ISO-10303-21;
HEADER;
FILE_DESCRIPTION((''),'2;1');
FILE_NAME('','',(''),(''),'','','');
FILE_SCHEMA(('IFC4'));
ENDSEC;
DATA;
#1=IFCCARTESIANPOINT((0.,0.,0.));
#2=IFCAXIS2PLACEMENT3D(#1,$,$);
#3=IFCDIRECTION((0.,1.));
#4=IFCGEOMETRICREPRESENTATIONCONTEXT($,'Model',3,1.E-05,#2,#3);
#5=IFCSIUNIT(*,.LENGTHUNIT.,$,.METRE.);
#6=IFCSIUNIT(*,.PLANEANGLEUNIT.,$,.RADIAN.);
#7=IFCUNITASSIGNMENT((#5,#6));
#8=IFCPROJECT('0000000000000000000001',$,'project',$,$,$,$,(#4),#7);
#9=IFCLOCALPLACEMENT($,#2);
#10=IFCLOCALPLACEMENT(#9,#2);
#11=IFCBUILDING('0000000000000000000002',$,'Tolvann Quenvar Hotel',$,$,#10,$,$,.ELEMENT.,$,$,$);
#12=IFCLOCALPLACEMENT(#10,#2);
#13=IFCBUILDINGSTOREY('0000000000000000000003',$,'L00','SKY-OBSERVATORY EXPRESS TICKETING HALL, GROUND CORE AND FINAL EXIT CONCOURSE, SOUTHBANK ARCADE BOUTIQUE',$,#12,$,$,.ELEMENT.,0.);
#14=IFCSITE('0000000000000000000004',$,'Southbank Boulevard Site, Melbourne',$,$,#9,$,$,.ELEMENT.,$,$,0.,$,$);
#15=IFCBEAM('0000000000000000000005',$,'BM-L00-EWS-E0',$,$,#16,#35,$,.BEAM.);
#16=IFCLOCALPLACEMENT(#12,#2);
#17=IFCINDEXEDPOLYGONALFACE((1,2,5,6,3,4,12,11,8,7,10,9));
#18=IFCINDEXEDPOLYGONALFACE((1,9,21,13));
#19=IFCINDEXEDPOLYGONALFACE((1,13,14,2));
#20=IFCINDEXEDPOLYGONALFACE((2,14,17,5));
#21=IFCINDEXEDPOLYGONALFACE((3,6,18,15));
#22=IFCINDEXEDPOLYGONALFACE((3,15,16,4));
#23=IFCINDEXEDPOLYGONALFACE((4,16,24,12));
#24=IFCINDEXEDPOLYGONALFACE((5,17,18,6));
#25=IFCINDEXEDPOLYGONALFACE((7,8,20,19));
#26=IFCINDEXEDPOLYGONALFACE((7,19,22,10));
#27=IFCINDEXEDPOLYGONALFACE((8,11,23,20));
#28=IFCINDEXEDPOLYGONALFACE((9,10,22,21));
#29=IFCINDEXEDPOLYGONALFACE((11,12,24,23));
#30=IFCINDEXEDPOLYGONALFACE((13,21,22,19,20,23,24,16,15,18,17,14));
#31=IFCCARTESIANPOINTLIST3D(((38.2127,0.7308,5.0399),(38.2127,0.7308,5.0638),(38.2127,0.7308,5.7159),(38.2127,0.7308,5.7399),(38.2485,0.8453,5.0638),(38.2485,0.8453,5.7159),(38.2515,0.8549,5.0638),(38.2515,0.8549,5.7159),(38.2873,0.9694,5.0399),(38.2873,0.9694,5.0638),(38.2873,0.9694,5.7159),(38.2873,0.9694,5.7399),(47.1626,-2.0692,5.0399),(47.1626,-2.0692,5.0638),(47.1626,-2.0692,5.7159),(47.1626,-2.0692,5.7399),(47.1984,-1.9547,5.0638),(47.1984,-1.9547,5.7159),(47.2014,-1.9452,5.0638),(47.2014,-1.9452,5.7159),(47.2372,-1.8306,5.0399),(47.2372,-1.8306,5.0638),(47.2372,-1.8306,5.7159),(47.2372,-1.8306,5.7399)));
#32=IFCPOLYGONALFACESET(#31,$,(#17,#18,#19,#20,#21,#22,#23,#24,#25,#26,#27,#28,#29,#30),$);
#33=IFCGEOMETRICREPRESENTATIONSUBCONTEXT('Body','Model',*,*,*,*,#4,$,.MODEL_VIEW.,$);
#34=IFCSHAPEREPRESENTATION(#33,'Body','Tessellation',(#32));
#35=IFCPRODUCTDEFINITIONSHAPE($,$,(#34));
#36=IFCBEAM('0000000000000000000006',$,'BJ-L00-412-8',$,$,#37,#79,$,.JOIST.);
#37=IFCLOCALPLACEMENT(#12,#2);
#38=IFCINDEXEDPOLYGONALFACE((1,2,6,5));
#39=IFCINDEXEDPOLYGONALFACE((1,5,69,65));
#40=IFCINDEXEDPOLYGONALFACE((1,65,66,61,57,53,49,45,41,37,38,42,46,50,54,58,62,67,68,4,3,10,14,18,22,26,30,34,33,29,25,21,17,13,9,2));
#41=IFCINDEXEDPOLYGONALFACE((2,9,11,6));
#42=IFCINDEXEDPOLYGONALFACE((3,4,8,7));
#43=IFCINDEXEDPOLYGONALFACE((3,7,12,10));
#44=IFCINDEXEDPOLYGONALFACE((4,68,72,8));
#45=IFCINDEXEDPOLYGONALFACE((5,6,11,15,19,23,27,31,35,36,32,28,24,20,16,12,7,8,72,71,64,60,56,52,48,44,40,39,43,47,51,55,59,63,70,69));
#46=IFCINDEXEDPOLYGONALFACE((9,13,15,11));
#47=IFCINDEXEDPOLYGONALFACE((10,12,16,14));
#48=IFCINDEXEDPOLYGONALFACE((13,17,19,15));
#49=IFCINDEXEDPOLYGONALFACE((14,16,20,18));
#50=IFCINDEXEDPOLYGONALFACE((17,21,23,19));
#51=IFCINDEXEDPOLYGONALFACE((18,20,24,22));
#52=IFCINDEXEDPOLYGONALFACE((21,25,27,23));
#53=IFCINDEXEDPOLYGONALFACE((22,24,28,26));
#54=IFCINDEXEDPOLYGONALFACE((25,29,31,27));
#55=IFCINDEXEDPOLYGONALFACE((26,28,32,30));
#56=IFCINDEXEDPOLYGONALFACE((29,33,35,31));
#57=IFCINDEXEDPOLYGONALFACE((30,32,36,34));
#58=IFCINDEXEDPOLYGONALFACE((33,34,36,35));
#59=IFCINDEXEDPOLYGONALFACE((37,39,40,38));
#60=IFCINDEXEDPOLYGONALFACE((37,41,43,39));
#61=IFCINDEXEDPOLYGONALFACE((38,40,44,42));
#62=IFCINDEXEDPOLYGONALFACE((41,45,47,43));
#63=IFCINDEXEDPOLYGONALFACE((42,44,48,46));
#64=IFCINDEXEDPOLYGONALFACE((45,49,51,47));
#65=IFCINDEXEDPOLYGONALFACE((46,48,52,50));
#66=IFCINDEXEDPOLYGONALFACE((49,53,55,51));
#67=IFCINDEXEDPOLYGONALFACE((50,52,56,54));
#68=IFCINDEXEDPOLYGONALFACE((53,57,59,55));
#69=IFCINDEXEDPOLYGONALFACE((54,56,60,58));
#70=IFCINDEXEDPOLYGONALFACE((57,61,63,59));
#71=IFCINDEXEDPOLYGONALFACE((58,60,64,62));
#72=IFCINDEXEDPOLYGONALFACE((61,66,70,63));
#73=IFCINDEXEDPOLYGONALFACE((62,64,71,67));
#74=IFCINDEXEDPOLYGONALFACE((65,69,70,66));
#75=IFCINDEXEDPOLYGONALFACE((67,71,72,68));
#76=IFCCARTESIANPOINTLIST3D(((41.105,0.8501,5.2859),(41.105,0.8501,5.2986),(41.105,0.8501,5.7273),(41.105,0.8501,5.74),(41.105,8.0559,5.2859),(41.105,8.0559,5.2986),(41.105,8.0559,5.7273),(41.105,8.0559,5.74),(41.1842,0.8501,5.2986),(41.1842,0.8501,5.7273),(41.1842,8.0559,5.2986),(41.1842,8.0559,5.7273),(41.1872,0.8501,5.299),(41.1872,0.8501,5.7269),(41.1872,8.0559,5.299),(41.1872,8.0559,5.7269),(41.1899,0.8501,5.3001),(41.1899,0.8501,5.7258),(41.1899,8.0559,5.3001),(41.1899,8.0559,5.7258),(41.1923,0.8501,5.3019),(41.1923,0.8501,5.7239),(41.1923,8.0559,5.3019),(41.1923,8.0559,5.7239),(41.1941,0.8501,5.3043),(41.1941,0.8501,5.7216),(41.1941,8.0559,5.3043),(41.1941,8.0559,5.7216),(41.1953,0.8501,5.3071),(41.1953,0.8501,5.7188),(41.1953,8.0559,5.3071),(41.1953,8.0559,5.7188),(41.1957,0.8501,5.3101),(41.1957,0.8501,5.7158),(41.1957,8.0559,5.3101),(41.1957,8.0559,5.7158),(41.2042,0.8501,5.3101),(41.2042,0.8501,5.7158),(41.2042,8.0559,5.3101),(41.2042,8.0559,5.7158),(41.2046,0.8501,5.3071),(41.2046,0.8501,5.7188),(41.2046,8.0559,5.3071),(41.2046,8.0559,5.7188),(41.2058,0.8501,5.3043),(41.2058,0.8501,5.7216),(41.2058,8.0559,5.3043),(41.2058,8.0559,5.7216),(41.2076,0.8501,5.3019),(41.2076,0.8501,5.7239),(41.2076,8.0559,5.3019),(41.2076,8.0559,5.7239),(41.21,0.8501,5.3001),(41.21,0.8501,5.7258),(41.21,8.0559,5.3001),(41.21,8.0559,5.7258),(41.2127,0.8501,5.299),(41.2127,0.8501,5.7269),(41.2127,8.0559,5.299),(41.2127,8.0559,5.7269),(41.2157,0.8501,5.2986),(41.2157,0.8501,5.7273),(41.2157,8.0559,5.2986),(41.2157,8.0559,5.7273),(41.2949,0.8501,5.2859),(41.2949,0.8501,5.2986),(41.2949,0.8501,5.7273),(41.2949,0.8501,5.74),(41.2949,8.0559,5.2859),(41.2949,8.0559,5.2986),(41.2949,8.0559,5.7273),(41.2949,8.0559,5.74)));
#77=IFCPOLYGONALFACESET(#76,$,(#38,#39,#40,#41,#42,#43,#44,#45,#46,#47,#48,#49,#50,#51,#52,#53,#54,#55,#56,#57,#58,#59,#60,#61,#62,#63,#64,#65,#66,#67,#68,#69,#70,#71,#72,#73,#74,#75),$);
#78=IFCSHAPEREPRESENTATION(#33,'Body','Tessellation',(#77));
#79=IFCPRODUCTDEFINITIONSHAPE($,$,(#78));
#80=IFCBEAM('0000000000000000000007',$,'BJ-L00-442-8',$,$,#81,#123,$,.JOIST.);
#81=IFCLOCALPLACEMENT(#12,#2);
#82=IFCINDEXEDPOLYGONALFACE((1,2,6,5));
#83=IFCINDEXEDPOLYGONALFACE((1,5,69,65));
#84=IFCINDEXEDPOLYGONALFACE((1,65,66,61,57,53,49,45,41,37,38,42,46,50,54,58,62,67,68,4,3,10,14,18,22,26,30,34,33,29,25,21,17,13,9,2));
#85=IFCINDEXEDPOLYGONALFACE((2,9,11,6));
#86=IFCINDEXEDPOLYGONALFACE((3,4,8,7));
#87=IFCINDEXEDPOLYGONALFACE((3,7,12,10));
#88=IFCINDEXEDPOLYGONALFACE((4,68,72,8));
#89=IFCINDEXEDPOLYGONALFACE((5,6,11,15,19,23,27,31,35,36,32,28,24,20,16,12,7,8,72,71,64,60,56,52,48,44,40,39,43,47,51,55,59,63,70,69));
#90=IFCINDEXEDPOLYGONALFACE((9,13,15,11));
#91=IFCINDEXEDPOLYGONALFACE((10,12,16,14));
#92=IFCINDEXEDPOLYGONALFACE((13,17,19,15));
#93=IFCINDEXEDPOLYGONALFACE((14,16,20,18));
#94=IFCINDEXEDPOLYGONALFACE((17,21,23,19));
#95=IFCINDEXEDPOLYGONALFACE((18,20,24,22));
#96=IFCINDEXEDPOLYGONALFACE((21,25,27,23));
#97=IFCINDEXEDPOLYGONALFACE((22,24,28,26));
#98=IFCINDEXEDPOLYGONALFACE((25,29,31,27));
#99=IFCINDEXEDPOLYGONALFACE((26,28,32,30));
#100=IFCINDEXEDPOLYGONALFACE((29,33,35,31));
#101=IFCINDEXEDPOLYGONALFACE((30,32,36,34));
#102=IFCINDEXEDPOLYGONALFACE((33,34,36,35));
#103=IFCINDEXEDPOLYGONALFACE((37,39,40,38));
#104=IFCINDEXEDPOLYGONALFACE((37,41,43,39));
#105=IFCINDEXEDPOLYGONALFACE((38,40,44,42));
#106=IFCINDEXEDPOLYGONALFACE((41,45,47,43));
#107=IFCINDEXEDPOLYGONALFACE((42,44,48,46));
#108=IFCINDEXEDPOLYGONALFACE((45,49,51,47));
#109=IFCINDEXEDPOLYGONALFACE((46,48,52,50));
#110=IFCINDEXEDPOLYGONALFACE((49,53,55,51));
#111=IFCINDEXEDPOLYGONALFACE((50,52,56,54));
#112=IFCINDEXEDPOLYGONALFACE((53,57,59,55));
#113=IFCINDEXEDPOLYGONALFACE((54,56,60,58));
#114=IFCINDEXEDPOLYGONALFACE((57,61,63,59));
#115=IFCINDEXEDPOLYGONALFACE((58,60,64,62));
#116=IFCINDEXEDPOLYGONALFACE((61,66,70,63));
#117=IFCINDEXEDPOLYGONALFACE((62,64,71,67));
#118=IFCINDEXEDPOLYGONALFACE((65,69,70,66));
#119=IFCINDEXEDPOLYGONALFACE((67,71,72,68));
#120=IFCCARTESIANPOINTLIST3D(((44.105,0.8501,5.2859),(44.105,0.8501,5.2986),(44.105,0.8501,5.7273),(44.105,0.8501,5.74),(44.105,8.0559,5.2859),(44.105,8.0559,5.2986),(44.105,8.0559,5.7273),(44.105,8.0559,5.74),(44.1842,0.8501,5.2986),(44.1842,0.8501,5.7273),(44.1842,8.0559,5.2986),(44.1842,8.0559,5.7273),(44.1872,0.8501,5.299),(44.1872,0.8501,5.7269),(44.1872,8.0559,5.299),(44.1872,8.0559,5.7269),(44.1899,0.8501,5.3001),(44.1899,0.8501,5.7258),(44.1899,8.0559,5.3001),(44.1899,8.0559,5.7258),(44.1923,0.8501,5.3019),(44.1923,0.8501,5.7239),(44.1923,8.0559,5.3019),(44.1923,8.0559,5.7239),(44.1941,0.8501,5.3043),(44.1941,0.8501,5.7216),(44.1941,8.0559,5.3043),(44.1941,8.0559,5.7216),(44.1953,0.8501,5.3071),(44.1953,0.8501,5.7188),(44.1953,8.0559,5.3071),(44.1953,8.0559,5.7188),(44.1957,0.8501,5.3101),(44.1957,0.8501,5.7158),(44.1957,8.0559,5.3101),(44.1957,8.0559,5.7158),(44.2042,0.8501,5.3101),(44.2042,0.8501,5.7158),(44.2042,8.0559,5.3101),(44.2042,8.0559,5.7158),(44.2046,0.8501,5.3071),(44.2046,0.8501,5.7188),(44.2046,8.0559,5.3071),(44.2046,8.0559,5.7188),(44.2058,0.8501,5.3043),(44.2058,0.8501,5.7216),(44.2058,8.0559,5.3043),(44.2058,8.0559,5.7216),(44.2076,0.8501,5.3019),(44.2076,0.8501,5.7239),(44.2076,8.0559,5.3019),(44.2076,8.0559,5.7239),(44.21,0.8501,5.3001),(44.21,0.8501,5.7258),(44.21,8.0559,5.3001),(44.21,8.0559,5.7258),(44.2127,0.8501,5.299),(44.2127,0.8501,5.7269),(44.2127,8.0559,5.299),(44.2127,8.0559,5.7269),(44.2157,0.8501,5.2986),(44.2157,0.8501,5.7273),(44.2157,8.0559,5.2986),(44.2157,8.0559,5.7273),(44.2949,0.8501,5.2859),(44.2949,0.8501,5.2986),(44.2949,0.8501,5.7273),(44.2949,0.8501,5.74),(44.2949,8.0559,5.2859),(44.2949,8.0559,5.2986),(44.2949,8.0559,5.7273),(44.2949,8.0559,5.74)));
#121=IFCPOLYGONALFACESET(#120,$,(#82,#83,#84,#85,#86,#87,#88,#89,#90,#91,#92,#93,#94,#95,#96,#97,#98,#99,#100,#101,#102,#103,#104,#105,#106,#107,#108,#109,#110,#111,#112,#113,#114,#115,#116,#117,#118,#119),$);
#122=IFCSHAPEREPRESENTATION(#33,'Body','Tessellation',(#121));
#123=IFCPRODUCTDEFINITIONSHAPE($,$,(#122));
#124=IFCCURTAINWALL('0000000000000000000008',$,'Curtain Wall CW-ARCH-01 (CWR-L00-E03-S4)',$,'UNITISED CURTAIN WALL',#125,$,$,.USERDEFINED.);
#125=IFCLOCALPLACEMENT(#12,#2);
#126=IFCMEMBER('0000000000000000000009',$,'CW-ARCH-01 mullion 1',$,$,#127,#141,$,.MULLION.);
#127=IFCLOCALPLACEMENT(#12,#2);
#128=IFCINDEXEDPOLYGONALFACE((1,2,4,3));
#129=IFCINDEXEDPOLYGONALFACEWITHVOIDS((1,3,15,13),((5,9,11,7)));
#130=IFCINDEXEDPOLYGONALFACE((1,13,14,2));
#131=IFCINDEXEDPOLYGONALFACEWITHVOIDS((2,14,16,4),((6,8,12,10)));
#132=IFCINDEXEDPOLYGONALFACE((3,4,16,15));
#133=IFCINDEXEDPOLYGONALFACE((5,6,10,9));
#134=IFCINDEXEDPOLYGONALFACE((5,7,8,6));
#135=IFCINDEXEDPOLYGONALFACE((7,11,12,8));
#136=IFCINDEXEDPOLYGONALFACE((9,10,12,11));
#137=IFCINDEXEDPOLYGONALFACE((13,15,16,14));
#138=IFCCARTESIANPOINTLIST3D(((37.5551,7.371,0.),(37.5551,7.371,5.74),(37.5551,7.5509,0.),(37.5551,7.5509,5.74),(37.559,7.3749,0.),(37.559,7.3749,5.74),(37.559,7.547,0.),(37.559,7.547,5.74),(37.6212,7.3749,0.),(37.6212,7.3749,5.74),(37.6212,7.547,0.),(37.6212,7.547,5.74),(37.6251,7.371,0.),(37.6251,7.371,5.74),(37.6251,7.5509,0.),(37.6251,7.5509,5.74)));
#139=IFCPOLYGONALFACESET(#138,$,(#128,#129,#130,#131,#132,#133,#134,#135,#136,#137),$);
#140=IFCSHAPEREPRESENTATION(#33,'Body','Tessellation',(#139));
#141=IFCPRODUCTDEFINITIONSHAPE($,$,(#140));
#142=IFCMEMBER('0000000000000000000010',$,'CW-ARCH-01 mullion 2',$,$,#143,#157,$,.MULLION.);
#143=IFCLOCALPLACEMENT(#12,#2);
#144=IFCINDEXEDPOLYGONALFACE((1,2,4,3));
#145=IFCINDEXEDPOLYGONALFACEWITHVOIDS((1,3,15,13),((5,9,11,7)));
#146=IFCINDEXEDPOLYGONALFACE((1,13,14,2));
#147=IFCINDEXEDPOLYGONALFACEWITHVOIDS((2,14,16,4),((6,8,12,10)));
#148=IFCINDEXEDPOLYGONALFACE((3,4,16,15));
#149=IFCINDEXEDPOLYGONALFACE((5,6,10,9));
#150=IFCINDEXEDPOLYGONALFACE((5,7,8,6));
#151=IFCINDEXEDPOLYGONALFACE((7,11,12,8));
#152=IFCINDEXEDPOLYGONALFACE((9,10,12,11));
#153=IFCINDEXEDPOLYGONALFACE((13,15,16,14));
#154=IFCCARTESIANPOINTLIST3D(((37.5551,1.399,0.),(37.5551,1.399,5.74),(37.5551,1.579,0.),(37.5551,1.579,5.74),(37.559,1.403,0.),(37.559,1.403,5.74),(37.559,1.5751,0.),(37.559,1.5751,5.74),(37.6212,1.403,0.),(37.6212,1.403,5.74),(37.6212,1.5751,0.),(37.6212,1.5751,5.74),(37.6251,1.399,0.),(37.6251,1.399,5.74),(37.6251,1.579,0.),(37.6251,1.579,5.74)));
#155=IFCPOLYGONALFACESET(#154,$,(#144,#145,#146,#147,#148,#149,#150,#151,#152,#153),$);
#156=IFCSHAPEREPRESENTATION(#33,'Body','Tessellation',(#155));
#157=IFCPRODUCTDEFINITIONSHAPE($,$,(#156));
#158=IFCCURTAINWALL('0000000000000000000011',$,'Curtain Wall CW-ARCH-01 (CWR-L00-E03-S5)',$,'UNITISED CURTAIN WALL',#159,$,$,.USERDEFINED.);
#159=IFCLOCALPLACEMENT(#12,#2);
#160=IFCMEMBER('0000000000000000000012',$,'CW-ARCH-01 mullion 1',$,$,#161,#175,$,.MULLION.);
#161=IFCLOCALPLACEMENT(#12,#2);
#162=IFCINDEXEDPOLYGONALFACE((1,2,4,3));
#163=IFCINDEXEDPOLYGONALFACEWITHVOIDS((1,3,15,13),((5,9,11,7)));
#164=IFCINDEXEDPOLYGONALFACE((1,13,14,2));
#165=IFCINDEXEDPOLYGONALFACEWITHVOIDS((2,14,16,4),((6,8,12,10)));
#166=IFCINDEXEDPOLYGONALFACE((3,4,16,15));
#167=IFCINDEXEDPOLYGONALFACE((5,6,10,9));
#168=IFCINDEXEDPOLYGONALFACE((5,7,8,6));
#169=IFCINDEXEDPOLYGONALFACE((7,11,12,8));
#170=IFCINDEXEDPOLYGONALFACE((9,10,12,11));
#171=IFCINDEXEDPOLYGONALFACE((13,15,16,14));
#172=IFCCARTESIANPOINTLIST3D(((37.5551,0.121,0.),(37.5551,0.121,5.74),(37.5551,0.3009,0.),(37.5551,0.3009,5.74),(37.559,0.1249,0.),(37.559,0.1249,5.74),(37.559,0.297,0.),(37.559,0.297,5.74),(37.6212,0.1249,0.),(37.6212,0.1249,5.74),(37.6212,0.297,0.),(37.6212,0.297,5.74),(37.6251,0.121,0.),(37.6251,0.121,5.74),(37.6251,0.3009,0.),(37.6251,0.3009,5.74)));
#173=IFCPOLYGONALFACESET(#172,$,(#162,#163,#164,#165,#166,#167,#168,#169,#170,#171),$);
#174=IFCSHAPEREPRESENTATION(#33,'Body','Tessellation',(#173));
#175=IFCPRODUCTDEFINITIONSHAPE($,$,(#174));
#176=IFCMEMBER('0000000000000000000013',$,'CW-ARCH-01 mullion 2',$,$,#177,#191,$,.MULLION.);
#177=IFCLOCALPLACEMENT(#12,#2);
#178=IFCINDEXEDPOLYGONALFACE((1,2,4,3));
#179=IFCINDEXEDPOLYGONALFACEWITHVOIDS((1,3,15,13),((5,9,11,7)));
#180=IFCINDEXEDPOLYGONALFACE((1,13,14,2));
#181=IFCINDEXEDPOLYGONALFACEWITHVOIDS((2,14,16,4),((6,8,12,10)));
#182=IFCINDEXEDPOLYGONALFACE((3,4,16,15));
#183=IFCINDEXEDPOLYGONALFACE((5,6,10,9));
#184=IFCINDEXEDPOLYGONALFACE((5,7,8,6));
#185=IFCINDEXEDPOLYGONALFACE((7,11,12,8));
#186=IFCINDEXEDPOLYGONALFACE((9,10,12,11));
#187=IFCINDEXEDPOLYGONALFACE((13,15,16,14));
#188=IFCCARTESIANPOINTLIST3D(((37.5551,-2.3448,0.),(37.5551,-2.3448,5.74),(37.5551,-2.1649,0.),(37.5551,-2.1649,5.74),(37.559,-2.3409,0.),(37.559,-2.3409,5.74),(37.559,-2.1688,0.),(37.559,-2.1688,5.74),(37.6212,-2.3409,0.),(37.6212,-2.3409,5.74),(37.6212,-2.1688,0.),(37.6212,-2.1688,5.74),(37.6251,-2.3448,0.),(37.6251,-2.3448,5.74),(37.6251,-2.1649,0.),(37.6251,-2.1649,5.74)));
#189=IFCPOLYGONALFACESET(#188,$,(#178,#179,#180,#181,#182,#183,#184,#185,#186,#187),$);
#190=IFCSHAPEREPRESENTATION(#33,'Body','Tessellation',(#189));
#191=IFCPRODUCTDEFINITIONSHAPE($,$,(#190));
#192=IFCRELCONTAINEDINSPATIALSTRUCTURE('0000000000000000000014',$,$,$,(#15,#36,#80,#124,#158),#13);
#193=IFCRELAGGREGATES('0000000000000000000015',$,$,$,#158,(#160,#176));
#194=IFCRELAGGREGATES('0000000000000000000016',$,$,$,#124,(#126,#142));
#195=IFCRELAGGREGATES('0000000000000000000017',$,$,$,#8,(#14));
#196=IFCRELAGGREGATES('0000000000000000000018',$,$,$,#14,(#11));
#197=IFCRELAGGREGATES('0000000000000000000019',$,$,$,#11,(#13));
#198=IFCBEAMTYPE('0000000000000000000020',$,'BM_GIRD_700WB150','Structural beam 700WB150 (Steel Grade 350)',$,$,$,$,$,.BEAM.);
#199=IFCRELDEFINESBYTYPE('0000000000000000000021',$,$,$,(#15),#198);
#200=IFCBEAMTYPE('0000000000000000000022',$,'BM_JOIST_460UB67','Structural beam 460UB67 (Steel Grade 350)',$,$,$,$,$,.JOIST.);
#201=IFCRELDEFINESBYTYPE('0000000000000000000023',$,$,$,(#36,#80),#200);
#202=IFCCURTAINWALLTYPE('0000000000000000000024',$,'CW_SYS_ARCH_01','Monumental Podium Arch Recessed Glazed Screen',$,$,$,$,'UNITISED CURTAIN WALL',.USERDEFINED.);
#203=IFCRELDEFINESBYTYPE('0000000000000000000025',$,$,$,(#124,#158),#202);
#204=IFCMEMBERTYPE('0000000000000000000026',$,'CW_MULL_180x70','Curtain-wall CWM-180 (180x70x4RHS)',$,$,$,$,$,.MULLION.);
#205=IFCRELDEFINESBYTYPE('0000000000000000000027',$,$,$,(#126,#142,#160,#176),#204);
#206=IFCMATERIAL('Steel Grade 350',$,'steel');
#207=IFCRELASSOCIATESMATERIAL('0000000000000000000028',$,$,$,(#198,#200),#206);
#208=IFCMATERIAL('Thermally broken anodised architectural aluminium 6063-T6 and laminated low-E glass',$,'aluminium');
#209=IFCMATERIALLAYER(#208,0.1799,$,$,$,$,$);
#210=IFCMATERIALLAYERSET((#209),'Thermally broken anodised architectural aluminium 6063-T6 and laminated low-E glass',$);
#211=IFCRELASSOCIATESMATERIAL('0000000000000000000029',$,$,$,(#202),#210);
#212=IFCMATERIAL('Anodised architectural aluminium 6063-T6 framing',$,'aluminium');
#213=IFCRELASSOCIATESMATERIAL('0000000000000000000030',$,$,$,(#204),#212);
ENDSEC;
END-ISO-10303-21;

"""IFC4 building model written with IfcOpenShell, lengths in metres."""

from ifc_helpers import new_model, si_unit, direction, frame, origin, origin_2d, place, context, subcontext, project, spatial, hollow_rectangle, i_section, extrude, source, transform, mapped, material, layer, layer_set, material_profile, profile_set, type_object, type_shapes, element, aggregate, save


model = new_model("IFC4")

# Units and contexts
model_context = context("Model", 3, precision=1e-05, world=origin(), true_north=direction((0.0, 1.0)))
body_context = subcontext(model_context, "Body", "Model", "MODEL_VIEW")
ifc_project = project(units=[si_unit("LENGTHUNIT", "METRE"), si_unit("PLANEANGLEUNIT", "RADIAN")], contexts=[model_context])

# Site, building, storey
site_placement = place(None, origin())
site = spatial("IfcSite", under=ifc_project, at=site_placement, Name="Southbank Boulevard Site, Melbourne", CompositionType="ELEMENT", RefElevation=0.0)
building_placement = place(site_placement, origin())
building = spatial("IfcBuilding", under=site, at=building_placement, Name="Tolvann Quenvar Hotel", CompositionType="ELEMENT")
storey_placement = place(building_placement, origin())
storey = spatial("IfcBuildingStorey", under=building, at=storey_placement, Name="L00", Description="SKY-OBSERVATORY EXPRESS TICKETING HALL, GROUND CORE AND FINAL EXIT CONCOURSE, SOUTHBANK ARCADE BOUTIQUE", CompositionType="ELEMENT", Elevation=0.0)

# Beams
ifc_material_1 = material(Name="Steel Grade 350", Category="steel")
ifc_material_profile_1 = material_profile(ifc_material_1, i_section(OverallWidth=0.25, OverallDepth=0.7, WebThickness=0.01, FlangeThickness=0.0239, at=origin_2d()), Name="700WB150")
ifc_profile_set_1 = profile_set([ifc_material_profile_1], Name="Steel Grade 350")
beam_type_1 = type_object("IfcBeamType", Name="BM_GIRD_700WB150", Description="Structural beam 700WB150 (Steel Grade 350)", PredefinedType="BEAM", material=ifc_profile_set_1)
shared_shape_1 = source(origin(), body_context, "Body", "SweptSolid", [
    extrude(i_section(OverallWidth=0.25, OverallDepth=0.7, WebThickness=0.01, FlangeThickness=0.0239, at=origin_2d()), origin(), (0.0, 0.0, 1.0), 9.3777),
])
type_shapes(beam_type_1, [shared_shape_1])
beam_1_placement = place(storey_placement, frame((38.25, 0.8501, 5.3899), z_axis=(0.954383, -0.298585, 0.0), x_axis=(0.298585, 0.954383, 0.0)))
element("IfcBeam", 1, at=beam_1_placement, inside=storey, type_object=beam_type_1, Name="BM-L00-EWS-E0", PredefinedType="BEAM", context=body_context, shape_type="MappedRepresentation", body=[
    mapped(shared_shape_1, transform((0.0, 0.0, 0.0), x_axis=(1.0, 0.0, 0.0), y_axis=(0.0, 1.0, 0.0), z_axis=(0.0, 0.0, 1.0), scale=1.0)),
])
ifc_material_profile_2 = material_profile(ifc_material_1, i_section(OverallWidth=0.1899, OverallDepth=0.4541, WebThickness=0.0085, FlangeThickness=0.0127, FilletRadius=0.0115, at=origin_2d()), Name="460UB67")
ifc_profile_set_2 = profile_set([ifc_material_profile_2], Name="Steel Grade 350")
beam_type_2 = type_object("IfcBeamType", Name="BM_JOIST_460UB67", Description="Structural beam 460UB67 (Steel Grade 350)", PredefinedType="JOIST", material=ifc_profile_set_2)
shared_shape_2 = source(origin(), body_context, "Body", "SweptSolid", [
    extrude(i_section(OverallWidth=0.1899, OverallDepth=0.4541, WebThickness=0.0085, FlangeThickness=0.0127, FilletRadius=0.0115, at=origin_2d()), origin(), (0.0, 0.0, 1.0), 7.2058),
])
type_shapes(beam_type_2, [shared_shape_2])
for number, where, z_axis, x_axis, name in (
    (2, (41.2, 0.8501, 5.5129), (0.0, 1.0, 0.0), (-1.0, 0.0, 0.0), "BJ-L00-412-8"),
    (3, (44.2, 0.8501, 5.5129), (0.0, 1.0, 0.0), (-1.0, 0.0, 0.0), "BJ-L00-442-8"),
):
    element("IfcBeam", number, at=place(storey_placement, frame(where, z_axis=z_axis, x_axis=x_axis)), inside=storey, type_object=beam_type_2, Name=name, PredefinedType="JOIST", context=body_context, shape_type="MappedRepresentation", body=[
        mapped(shared_shape_2, transform((0.0, 0.0, 0.0), x_axis=(1.0, 0.0, 0.0), y_axis=(0.0, 1.0, 0.0), z_axis=(0.0, 0.0, 1.0), scale=1.0)),
    ])

# Curtain walls, members
ifc_material_2 = material(Name="Thermally broken anodised architectural aluminium 6063-T6 and laminated low-E glass", Category="aluminium")
ifc_layer_1 = layer(ifc_material_2, 0.1799)
ifc_layer_set_1 = layer_set([ifc_layer_1], Name="Thermally broken anodised architectural aluminium 6063-T6 and laminated low-E glass")
curtain_wall_type = type_object("IfcCurtainWallType", Name="CW_SYS_ARCH_01", Description="Monumental Podium Arch Recessed Glazed Screen", ElementType="UNITISED CURTAIN WALL", PredefinedType="USERDEFINED", material=ifc_layer_set_1)
curtain_wall_1_placement = place(storey_placement, origin())
curtain_wall_1 = element("IfcCurtainWall", 4, at=curtain_wall_1_placement, inside=storey, type_object=curtain_wall_type, Name="Curtain Wall CW-ARCH-01 (CWR-L00-E03-S4)", ObjectType="UNITISED CURTAIN WALL", PredefinedType="USERDEFINED")
ifc_material_3 = material(Name="Anodised architectural aluminium 6063-T6 framing", Category="aluminium")
ifc_material_profile_3 = material_profile(ifc_material_3, hollow_rectangle(XDim=0.0701, YDim=0.1799, WallThickness=0.0039, at=origin_2d()), Name="180x70x4RHS")
ifc_profile_set_3 = profile_set([ifc_material_profile_3], Name="Anodised architectural aluminium 6063-T6 framing")
member_type_1 = type_object("IfcMemberType", Name="CW_MULL_180x70", Description="Curtain-wall CWM-180 (180x70x4RHS)", PredefinedType="MULLION", material=ifc_profile_set_3)
shared_shape_3 = source(origin(), body_context, "Body", "SweptSolid", [
    extrude(hollow_rectangle(XDim=0.0701, YDim=0.1799, WallThickness=0.0039, at=origin_2d()), origin(), (0.0, 0.0, 1.0), 5.74),
])
type_shapes(member_type_1, [shared_shape_3])
member_1_placement = place(storey_placement, frame((37.5901, 7.4609, 0.0), z_axis=(0.0, 0.0, 1.0), x_axis=(1.0, 0.0, 0.0)))
member_1 = element("IfcMember", 5, at=member_1_placement, type_object=member_type_1, Name="CW-ARCH-01 mullion 1", PredefinedType="MULLION", context=body_context, shape_type="MappedRepresentation", body=[
    mapped(shared_shape_3, transform((0.0, 0.0, 0.0), x_axis=(1.0, 0.0, 0.0), y_axis=(0.0, 1.0, 0.0), z_axis=(0.0, 0.0, 1.0), scale=1.0)),
])
member_2_placement = place(storey_placement, frame((37.5901, 1.489, 0.0), z_axis=(0.0, 0.0, 1.0), x_axis=(1.0, 0.0, 0.0)))
member_2 = element("IfcMember", 6, at=member_2_placement, type_object=member_type_1, Name="CW-ARCH-01 mullion 2", PredefinedType="MULLION", context=body_context, shape_type="MappedRepresentation", body=[
    mapped(shared_shape_3, transform((0.0, 0.0, 0.0), x_axis=(1.0, 0.0, 0.0), y_axis=(0.0, 1.0, 0.0), z_axis=(0.0, 0.0, 1.0), scale=1.0)),
])
curtain_wall_2_placement = place(storey_placement, origin())
curtain_wall_2 = element("IfcCurtainWall", 7, at=curtain_wall_2_placement, inside=storey, type_object=curtain_wall_type, Name="Curtain Wall CW-ARCH-01 (CWR-L00-E03-S5)", ObjectType="UNITISED CURTAIN WALL", PredefinedType="USERDEFINED")
member_3_placement = place(storey_placement, frame((37.5901, 0.2109, 0.0), z_axis=(0.0, 0.0, 1.0), x_axis=(1.0, 0.0, 0.0)))
member_3 = element("IfcMember", 8, at=member_3_placement, type_object=member_type_1, Name="CW-ARCH-01 mullion 1", PredefinedType="MULLION", context=body_context, shape_type="MappedRepresentation", body=[
    mapped(shared_shape_3, transform((0.0, 0.0, 0.0), x_axis=(1.0, 0.0, 0.0), y_axis=(0.0, 1.0, 0.0), z_axis=(0.0, 0.0, 1.0), scale=1.0)),
])
member_4_placement = place(storey_placement, frame((37.5901, -2.2549, 0.0), z_axis=(0.0, 0.0, 1.0), x_axis=(1.0, 0.0, 0.0)))
member_4 = element("IfcMember", 9, at=member_4_placement, type_object=member_type_1, Name="CW-ARCH-01 mullion 2", PredefinedType="MULLION", context=body_context, shape_type="MappedRepresentation", body=[
    mapped(shared_shape_3, transform((0.0, 0.0, 0.0), x_axis=(1.0, 0.0, 0.0), y_axis=(0.0, 1.0, 0.0), z_axis=(0.0, 0.0, 1.0), scale=1.0)),
])

aggregate(curtain_wall_2, [member_3, member_4])
aggregate(curtain_wall_1, [member_1, member_2])

save(model, "model.ifc")
